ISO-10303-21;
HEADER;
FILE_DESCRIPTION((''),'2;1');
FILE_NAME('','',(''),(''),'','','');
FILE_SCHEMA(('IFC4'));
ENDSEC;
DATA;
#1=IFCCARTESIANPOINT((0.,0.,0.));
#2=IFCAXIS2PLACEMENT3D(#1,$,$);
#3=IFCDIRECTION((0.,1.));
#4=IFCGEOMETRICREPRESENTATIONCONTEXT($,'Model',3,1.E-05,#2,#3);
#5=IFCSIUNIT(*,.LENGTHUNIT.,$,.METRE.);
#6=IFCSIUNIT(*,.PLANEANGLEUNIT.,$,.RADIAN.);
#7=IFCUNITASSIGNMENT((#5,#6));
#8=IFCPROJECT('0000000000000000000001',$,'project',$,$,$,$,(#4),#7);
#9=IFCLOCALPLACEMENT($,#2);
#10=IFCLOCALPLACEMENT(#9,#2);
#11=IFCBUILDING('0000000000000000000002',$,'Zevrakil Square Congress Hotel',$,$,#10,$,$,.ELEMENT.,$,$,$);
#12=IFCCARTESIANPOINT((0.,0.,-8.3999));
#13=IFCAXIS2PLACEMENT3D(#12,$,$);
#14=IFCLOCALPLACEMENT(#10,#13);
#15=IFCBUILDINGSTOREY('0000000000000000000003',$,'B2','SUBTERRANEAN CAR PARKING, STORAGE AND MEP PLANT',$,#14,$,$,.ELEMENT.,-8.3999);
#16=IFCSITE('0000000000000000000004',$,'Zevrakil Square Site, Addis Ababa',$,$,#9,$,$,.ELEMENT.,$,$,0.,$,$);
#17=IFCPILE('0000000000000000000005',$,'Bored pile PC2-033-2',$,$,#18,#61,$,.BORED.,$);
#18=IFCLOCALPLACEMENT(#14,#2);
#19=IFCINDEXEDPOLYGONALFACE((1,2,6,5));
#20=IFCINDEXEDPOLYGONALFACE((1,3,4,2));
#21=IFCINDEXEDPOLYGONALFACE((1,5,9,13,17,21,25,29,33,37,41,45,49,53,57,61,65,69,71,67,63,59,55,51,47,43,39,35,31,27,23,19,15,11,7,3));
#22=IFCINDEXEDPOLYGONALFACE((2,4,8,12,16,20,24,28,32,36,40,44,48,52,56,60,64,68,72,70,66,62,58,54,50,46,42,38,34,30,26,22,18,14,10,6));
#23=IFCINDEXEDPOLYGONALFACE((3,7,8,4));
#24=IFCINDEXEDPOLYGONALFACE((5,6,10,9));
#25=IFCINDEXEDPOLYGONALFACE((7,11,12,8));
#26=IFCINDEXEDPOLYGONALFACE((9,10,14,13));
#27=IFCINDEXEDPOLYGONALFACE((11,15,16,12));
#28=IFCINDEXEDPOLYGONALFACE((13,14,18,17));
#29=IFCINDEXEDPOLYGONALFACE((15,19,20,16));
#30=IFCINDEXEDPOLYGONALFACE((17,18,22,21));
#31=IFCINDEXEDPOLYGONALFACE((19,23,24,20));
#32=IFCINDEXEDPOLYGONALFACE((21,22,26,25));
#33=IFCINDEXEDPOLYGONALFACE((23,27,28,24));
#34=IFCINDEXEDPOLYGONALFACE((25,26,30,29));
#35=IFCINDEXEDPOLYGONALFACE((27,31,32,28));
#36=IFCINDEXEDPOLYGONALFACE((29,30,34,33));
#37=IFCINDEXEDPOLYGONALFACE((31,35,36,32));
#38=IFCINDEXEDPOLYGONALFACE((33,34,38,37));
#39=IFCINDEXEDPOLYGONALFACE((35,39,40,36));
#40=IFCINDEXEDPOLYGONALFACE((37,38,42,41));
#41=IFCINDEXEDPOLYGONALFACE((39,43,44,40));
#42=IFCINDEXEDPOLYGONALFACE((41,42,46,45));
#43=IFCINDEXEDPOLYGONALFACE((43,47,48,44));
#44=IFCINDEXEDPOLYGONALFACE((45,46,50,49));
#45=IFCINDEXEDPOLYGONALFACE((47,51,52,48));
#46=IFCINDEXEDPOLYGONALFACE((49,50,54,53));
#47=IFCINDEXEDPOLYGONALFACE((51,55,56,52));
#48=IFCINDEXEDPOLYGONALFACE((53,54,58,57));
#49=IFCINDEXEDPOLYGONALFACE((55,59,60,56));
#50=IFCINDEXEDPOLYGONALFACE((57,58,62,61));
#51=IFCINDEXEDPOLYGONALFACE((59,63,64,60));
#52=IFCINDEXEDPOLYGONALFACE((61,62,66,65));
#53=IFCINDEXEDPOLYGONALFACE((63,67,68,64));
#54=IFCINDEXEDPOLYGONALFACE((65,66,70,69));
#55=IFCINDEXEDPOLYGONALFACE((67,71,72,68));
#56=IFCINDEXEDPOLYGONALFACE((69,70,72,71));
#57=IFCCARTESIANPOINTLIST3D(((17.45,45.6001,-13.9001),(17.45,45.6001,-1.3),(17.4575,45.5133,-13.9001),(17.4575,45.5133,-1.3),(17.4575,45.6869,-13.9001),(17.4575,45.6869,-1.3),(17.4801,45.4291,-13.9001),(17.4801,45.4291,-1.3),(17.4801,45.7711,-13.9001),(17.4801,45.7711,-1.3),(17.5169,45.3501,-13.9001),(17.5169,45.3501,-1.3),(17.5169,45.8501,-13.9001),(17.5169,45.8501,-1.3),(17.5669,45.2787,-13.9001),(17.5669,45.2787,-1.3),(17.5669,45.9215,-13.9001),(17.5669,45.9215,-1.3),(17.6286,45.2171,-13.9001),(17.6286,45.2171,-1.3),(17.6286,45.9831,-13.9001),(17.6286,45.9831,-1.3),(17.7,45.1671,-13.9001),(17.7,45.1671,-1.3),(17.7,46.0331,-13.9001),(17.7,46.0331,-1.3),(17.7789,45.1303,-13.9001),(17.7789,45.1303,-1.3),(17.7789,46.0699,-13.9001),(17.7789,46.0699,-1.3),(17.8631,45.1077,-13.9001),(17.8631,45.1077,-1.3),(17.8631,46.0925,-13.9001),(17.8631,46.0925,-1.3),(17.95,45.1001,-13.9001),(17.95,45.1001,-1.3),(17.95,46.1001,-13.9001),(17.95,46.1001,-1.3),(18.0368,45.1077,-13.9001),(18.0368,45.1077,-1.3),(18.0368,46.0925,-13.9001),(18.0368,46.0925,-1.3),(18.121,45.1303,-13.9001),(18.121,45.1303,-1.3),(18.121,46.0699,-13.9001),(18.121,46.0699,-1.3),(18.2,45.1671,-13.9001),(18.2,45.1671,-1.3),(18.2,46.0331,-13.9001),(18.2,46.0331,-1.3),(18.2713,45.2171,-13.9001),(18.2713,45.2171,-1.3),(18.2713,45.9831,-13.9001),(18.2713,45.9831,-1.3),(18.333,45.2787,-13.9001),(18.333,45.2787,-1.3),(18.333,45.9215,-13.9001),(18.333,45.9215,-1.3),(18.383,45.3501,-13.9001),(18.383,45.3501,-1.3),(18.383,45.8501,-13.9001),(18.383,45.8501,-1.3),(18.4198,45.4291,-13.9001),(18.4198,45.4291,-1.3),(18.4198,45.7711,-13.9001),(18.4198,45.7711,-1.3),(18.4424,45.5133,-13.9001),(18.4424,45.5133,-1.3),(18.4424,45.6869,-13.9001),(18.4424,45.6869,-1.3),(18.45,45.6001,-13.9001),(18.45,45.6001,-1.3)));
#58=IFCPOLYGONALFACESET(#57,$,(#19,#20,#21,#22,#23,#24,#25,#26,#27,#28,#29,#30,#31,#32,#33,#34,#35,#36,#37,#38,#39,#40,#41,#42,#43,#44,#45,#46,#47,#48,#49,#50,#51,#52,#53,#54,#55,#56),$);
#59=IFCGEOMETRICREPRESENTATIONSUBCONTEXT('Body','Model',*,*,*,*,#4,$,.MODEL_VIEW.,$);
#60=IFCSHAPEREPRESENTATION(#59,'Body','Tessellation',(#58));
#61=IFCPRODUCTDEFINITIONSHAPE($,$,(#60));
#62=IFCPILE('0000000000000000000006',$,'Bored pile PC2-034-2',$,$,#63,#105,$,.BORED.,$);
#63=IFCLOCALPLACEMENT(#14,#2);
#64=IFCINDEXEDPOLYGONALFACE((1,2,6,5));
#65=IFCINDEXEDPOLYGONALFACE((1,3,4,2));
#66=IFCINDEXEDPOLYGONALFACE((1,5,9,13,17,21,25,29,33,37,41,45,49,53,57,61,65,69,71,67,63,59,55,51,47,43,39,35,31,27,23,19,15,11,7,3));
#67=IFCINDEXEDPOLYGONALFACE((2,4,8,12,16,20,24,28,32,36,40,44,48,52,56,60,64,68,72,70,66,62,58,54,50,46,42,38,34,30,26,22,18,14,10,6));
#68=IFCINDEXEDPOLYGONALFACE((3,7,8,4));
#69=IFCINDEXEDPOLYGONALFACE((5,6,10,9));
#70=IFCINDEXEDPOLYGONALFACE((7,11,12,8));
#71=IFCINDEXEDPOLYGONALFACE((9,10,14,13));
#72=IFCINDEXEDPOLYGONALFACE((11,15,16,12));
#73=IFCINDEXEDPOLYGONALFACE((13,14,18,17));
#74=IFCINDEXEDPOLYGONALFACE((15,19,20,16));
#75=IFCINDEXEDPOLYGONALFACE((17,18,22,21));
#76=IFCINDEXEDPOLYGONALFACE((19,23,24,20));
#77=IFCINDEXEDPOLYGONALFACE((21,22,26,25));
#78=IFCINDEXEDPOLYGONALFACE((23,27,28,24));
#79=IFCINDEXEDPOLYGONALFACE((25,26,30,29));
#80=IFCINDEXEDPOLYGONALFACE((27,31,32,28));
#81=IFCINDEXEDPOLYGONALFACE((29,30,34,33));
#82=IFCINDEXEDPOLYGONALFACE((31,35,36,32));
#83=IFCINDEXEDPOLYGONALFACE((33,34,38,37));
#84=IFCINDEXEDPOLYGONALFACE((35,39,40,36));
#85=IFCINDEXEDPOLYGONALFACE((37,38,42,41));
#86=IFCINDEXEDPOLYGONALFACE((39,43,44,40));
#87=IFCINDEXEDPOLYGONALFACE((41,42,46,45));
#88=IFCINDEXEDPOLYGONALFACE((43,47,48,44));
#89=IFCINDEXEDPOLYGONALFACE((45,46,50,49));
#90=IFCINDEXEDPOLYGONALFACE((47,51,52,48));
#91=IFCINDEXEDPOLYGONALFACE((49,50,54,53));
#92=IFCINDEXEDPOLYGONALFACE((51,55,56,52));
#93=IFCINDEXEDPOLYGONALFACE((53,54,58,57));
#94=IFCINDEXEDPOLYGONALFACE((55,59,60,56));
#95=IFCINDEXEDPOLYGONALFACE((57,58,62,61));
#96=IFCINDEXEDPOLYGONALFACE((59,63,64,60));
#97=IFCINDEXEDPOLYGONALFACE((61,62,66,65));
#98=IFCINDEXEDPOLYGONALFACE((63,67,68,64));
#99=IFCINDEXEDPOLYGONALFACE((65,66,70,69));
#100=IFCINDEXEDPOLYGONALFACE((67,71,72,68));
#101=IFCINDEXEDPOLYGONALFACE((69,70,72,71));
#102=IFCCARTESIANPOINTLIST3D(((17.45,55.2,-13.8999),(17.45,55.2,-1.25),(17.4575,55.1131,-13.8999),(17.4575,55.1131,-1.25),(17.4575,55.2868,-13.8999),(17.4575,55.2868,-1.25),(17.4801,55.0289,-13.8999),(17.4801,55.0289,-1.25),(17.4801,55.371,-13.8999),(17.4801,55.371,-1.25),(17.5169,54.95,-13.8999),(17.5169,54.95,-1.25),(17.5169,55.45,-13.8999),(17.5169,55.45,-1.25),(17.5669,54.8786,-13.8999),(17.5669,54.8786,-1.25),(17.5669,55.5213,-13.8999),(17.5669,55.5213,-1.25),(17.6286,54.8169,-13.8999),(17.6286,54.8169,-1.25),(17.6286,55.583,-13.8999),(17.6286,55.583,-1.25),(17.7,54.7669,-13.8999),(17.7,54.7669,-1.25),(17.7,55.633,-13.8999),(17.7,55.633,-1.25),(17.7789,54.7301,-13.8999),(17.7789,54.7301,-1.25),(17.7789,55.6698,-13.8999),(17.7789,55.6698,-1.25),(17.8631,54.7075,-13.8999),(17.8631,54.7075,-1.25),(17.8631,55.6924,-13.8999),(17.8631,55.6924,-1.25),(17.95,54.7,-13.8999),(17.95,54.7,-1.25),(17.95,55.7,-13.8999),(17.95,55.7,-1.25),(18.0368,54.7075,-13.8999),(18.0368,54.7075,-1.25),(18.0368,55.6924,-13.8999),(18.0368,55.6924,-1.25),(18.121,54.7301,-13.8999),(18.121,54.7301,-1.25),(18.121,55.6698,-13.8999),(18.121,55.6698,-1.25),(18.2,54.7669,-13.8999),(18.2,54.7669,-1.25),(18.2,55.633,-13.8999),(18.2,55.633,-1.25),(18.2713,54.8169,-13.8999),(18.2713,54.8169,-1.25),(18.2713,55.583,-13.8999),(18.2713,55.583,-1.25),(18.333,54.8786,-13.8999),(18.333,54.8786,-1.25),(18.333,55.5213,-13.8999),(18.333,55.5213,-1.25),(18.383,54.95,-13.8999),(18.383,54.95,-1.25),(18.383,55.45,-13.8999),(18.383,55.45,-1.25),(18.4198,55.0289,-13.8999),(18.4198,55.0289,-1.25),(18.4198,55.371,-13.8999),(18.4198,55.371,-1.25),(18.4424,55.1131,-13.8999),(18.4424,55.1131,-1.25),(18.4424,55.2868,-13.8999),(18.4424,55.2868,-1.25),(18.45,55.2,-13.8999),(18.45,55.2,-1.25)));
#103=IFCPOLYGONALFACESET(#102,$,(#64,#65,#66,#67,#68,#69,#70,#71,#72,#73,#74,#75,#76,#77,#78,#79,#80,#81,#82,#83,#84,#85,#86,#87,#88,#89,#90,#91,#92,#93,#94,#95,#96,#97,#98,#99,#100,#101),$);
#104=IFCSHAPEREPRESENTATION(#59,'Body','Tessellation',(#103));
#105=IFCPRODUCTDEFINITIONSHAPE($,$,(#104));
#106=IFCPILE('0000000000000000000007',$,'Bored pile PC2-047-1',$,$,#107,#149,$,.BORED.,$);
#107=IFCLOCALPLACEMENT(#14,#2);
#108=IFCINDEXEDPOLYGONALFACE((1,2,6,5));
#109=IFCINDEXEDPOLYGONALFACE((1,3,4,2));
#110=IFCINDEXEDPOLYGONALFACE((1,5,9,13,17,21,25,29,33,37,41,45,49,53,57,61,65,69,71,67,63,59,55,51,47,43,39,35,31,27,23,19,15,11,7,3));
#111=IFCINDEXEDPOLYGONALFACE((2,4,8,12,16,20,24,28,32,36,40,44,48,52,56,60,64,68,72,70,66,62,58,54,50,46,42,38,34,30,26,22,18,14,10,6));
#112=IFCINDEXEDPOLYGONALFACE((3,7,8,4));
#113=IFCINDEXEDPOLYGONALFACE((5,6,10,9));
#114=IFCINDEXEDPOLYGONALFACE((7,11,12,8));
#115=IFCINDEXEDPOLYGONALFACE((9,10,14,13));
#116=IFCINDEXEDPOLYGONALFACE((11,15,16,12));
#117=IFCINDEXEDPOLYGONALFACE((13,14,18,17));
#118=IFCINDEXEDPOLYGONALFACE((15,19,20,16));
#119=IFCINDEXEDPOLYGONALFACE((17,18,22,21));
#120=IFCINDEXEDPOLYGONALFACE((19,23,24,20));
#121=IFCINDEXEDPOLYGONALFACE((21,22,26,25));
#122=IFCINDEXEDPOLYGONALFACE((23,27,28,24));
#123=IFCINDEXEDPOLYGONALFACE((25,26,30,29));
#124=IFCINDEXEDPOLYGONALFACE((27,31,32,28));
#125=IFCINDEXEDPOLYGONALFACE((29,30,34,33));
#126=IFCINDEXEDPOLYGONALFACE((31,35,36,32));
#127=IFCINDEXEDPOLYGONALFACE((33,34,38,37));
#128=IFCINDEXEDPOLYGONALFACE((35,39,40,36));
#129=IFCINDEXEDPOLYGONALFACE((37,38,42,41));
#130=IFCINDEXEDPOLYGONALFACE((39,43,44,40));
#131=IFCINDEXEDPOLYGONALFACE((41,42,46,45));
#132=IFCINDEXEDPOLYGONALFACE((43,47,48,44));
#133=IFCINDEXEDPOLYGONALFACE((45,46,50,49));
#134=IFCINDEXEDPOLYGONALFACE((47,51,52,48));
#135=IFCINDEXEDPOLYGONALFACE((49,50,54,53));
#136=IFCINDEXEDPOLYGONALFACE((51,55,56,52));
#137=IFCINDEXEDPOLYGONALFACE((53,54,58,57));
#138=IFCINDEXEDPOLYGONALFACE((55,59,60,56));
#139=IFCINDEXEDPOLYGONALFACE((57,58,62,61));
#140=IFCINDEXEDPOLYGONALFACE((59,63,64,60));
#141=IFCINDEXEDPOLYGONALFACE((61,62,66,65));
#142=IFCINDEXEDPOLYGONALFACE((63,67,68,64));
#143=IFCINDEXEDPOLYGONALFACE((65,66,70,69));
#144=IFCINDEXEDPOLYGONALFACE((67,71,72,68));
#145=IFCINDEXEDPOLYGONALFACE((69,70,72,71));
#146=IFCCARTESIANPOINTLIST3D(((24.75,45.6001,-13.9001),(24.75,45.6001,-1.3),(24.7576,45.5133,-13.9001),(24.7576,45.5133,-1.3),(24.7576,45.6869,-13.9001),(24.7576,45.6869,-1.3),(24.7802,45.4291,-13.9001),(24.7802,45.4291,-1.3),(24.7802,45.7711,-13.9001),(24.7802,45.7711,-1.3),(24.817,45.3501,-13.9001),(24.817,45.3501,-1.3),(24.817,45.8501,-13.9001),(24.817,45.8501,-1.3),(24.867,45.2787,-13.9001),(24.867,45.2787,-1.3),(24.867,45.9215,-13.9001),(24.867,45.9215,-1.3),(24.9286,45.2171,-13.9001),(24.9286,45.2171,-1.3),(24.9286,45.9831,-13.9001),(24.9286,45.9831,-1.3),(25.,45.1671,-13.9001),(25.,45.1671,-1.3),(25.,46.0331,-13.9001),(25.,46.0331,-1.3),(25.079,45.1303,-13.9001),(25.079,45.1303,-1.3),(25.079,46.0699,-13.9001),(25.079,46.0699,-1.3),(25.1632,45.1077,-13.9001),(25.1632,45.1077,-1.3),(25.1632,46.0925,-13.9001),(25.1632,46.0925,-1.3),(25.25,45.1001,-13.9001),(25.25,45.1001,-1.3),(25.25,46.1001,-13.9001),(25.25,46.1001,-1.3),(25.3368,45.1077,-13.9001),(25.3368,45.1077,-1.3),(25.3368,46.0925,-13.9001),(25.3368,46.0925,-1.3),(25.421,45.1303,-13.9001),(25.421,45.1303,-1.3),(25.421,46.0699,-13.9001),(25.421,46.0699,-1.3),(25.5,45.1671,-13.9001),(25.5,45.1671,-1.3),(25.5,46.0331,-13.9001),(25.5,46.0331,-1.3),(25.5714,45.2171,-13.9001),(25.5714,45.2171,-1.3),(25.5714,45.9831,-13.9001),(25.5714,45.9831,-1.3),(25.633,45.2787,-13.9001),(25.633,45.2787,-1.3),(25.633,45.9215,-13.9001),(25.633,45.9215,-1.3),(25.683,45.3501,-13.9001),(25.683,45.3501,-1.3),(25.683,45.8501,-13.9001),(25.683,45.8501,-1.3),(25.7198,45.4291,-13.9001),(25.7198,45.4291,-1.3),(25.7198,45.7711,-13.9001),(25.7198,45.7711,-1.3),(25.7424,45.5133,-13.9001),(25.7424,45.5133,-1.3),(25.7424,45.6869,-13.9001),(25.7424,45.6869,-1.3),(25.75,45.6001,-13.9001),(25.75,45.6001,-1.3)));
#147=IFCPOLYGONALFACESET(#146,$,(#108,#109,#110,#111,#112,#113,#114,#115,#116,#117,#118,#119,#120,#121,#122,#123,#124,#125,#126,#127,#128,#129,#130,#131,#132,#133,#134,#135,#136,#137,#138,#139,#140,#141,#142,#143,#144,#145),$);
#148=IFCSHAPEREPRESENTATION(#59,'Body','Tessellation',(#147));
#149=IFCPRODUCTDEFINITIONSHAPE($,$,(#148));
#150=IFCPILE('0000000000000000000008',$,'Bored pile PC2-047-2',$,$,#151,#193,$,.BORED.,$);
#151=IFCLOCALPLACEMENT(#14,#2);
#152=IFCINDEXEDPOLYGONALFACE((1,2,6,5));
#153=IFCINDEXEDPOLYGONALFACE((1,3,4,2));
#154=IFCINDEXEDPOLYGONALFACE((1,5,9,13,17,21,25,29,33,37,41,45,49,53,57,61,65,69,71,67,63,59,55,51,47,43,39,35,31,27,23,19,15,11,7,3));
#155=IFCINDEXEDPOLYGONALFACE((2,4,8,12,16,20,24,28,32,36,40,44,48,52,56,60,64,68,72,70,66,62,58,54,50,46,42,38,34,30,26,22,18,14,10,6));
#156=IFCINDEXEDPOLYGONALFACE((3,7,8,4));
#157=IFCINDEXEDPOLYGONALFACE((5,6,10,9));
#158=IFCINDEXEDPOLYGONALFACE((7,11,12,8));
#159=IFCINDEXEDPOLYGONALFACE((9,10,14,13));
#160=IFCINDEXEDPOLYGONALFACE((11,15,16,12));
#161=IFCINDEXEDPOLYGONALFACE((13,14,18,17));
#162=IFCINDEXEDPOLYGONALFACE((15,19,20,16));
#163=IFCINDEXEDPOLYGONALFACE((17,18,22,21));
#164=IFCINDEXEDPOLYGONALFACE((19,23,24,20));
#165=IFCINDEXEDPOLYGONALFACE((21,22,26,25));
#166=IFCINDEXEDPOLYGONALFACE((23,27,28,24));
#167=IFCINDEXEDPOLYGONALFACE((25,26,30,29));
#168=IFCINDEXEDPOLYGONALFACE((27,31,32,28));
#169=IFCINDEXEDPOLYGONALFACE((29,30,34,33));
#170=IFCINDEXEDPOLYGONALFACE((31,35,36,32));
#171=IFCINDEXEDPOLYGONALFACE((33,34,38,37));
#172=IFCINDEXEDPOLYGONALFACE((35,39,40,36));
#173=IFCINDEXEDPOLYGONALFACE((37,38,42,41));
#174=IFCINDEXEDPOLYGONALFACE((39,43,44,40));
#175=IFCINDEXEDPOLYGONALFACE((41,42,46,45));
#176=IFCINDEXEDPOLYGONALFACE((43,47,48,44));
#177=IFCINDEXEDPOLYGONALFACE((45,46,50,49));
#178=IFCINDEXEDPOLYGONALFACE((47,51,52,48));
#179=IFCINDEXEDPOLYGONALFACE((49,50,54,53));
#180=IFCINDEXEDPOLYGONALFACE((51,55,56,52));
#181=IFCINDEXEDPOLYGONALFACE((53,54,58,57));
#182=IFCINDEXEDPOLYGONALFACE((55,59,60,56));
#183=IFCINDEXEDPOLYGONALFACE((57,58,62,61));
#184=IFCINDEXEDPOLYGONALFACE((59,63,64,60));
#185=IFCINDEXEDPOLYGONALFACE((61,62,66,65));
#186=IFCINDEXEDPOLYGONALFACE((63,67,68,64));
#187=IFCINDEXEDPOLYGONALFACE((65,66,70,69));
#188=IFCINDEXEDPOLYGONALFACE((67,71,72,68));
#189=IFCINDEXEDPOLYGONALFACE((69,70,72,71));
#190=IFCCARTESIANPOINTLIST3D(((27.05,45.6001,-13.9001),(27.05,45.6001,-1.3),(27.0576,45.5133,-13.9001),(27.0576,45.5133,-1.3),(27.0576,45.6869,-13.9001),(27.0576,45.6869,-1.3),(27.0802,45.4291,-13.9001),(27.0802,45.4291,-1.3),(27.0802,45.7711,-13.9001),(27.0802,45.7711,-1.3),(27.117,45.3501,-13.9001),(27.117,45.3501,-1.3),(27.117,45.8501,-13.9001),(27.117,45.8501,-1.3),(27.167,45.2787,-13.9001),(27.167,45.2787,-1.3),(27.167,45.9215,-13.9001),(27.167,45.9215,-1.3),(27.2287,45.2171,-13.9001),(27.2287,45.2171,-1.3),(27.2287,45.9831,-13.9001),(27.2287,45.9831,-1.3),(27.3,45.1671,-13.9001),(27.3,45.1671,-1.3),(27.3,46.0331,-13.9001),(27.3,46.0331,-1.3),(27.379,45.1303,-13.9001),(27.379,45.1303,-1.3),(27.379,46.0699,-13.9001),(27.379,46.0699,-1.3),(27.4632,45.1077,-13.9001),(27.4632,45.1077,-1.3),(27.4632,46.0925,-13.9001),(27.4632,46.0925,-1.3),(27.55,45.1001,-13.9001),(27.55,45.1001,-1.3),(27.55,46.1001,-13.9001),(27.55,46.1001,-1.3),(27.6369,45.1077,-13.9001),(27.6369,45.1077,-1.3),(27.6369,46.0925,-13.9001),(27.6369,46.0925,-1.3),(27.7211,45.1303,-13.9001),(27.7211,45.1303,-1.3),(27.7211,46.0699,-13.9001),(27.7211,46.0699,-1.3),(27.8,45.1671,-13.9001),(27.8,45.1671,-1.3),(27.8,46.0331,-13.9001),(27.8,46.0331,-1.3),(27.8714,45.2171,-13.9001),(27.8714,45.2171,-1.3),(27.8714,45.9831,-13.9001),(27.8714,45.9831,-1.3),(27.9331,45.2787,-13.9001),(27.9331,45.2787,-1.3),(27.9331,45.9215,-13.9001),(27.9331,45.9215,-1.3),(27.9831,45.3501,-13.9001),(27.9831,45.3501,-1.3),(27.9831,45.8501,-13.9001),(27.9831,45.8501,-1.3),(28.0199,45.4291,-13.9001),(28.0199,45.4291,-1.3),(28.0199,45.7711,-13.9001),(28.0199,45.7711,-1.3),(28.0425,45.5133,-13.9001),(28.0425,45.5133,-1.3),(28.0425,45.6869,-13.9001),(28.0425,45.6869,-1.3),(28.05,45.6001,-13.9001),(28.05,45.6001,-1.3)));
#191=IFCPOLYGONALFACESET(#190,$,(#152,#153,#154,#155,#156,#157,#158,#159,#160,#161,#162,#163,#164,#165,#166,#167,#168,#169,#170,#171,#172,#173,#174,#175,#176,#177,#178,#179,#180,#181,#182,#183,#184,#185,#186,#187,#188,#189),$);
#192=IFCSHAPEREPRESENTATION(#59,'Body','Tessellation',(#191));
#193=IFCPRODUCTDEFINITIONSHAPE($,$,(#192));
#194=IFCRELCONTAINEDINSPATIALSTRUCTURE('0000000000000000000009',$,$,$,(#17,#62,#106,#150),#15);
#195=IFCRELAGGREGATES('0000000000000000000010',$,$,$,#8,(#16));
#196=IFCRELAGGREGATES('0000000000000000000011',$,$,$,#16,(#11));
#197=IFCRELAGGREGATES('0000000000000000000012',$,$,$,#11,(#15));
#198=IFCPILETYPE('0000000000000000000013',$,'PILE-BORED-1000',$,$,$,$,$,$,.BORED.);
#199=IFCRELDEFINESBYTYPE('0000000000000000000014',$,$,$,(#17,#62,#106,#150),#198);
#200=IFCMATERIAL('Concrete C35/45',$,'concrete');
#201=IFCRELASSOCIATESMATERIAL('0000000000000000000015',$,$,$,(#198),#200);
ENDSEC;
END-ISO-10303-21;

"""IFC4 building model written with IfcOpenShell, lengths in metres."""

from ifc_helpers import new_model, si_unit, direction, frame, origin, origin_2d, place, context, subcontext, project, spatial, circle, extrude, material, material_profile, profile_set, type_object, element, save


model = new_model("IFC4")

# Units and contexts
model_context = context("Model", 3, precision=1e-05, world=origin(), true_north=direction((0.0, 1.0)))
body_context = subcontext(model_context, "Body", "Model", "MODEL_VIEW")
ifc_project = project(units=[si_unit("LENGTHUNIT", "METRE"), si_unit("PLANEANGLEUNIT", "RADIAN")], contexts=[model_context])

# Site, building, storey
site_placement = place(None, origin())
site = spatial("IfcSite", under=ifc_project, at=site_placement, Name="Zevrakil Square Site, Addis Ababa", CompositionType="ELEMENT", RefElevation=0.0)
building_placement = place(site_placement, origin())
building = spatial("IfcBuilding", under=site, at=building_placement, Name="Zevrakil Square Congress Hotel", CompositionType="ELEMENT")
storey_placement = place(building_placement, frame((0.0, 0.0, -8.3999)))
storey = spatial("IfcBuildingStorey", under=building, at=storey_placement, Name="B2", Description="SUBTERRANEAN CAR PARKING, STORAGE AND MEP PLANT", CompositionType="ELEMENT", Elevation=-8.3999)

# Piles
ifc_material_1 = material(Name="Concrete C35/45", Category="concrete")
ifc_material_profile_1 = material_profile(ifc_material_1, circle(Radius=0.5, at=origin_2d()), Name="PILE D1000")
ifc_profile_set_1 = profile_set([ifc_material_profile_1], Name="Concrete C35/45")
pile_type = type_object("IfcPileType", Name="PILE-BORED-1000", PredefinedType="BORED", material=ifc_profile_set_1)
pile_1_placement = place(storey_placement, frame((17.95, 45.6001, -1.3), z_axis=(0.0, 0.0, -1.0), x_axis=(1.0, 0.0, 0.0)))
element("IfcPile", 1, at=pile_1_placement, inside=storey, type_object=pile_type, Name="Bored pile PC2-033-2", PredefinedType="BORED", context=body_context, shape_type="SweptSolid", body=[
    extrude(circle(Radius=0.5, at=origin_2d()), origin(), (0.0, 0.0, 1.0), 12.6001),
])
pile_2_placement = place(storey_placement, frame((17.95, 55.2, -1.25), z_axis=(0.0, 0.0, -1.0), x_axis=(1.0, 0.0, 0.0)))
element("IfcPile", 2, at=pile_2_placement, inside=storey, type_object=pile_type, Name="Bored pile PC2-034-2", PredefinedType="BORED", context=body_context, shape_type="SweptSolid", body=[
    extrude(circle(Radius=0.5, at=origin_2d()), origin(), (0.0, 0.0, 1.0), 12.6499),
])
for number, where, z_axis, x_axis, name in (
    (3, (25.25, 45.6001, -1.3), (0.0, 0.0, -1.0), (1.0, 0.0, 0.0), "Bored pile PC2-047-1"),
    (4, (27.55, 45.6001, -1.3), (0.0, 0.0, -1.0), (1.0, 0.0, 0.0), "Bored pile PC2-047-2"),
):
    element("IfcPile", number, at=place(storey_placement, frame(where, z_axis=z_axis, x_axis=x_axis)), inside=storey, type_object=pile_type, Name=name, PredefinedType="BORED", context=body_context, shape_type="SweptSolid", body=[
        extrude(circle(Radius=0.5, at=origin_2d()), origin(), (0.0, 0.0, 1.0), 12.6001),
    ])

save(model, "model.ifc")
